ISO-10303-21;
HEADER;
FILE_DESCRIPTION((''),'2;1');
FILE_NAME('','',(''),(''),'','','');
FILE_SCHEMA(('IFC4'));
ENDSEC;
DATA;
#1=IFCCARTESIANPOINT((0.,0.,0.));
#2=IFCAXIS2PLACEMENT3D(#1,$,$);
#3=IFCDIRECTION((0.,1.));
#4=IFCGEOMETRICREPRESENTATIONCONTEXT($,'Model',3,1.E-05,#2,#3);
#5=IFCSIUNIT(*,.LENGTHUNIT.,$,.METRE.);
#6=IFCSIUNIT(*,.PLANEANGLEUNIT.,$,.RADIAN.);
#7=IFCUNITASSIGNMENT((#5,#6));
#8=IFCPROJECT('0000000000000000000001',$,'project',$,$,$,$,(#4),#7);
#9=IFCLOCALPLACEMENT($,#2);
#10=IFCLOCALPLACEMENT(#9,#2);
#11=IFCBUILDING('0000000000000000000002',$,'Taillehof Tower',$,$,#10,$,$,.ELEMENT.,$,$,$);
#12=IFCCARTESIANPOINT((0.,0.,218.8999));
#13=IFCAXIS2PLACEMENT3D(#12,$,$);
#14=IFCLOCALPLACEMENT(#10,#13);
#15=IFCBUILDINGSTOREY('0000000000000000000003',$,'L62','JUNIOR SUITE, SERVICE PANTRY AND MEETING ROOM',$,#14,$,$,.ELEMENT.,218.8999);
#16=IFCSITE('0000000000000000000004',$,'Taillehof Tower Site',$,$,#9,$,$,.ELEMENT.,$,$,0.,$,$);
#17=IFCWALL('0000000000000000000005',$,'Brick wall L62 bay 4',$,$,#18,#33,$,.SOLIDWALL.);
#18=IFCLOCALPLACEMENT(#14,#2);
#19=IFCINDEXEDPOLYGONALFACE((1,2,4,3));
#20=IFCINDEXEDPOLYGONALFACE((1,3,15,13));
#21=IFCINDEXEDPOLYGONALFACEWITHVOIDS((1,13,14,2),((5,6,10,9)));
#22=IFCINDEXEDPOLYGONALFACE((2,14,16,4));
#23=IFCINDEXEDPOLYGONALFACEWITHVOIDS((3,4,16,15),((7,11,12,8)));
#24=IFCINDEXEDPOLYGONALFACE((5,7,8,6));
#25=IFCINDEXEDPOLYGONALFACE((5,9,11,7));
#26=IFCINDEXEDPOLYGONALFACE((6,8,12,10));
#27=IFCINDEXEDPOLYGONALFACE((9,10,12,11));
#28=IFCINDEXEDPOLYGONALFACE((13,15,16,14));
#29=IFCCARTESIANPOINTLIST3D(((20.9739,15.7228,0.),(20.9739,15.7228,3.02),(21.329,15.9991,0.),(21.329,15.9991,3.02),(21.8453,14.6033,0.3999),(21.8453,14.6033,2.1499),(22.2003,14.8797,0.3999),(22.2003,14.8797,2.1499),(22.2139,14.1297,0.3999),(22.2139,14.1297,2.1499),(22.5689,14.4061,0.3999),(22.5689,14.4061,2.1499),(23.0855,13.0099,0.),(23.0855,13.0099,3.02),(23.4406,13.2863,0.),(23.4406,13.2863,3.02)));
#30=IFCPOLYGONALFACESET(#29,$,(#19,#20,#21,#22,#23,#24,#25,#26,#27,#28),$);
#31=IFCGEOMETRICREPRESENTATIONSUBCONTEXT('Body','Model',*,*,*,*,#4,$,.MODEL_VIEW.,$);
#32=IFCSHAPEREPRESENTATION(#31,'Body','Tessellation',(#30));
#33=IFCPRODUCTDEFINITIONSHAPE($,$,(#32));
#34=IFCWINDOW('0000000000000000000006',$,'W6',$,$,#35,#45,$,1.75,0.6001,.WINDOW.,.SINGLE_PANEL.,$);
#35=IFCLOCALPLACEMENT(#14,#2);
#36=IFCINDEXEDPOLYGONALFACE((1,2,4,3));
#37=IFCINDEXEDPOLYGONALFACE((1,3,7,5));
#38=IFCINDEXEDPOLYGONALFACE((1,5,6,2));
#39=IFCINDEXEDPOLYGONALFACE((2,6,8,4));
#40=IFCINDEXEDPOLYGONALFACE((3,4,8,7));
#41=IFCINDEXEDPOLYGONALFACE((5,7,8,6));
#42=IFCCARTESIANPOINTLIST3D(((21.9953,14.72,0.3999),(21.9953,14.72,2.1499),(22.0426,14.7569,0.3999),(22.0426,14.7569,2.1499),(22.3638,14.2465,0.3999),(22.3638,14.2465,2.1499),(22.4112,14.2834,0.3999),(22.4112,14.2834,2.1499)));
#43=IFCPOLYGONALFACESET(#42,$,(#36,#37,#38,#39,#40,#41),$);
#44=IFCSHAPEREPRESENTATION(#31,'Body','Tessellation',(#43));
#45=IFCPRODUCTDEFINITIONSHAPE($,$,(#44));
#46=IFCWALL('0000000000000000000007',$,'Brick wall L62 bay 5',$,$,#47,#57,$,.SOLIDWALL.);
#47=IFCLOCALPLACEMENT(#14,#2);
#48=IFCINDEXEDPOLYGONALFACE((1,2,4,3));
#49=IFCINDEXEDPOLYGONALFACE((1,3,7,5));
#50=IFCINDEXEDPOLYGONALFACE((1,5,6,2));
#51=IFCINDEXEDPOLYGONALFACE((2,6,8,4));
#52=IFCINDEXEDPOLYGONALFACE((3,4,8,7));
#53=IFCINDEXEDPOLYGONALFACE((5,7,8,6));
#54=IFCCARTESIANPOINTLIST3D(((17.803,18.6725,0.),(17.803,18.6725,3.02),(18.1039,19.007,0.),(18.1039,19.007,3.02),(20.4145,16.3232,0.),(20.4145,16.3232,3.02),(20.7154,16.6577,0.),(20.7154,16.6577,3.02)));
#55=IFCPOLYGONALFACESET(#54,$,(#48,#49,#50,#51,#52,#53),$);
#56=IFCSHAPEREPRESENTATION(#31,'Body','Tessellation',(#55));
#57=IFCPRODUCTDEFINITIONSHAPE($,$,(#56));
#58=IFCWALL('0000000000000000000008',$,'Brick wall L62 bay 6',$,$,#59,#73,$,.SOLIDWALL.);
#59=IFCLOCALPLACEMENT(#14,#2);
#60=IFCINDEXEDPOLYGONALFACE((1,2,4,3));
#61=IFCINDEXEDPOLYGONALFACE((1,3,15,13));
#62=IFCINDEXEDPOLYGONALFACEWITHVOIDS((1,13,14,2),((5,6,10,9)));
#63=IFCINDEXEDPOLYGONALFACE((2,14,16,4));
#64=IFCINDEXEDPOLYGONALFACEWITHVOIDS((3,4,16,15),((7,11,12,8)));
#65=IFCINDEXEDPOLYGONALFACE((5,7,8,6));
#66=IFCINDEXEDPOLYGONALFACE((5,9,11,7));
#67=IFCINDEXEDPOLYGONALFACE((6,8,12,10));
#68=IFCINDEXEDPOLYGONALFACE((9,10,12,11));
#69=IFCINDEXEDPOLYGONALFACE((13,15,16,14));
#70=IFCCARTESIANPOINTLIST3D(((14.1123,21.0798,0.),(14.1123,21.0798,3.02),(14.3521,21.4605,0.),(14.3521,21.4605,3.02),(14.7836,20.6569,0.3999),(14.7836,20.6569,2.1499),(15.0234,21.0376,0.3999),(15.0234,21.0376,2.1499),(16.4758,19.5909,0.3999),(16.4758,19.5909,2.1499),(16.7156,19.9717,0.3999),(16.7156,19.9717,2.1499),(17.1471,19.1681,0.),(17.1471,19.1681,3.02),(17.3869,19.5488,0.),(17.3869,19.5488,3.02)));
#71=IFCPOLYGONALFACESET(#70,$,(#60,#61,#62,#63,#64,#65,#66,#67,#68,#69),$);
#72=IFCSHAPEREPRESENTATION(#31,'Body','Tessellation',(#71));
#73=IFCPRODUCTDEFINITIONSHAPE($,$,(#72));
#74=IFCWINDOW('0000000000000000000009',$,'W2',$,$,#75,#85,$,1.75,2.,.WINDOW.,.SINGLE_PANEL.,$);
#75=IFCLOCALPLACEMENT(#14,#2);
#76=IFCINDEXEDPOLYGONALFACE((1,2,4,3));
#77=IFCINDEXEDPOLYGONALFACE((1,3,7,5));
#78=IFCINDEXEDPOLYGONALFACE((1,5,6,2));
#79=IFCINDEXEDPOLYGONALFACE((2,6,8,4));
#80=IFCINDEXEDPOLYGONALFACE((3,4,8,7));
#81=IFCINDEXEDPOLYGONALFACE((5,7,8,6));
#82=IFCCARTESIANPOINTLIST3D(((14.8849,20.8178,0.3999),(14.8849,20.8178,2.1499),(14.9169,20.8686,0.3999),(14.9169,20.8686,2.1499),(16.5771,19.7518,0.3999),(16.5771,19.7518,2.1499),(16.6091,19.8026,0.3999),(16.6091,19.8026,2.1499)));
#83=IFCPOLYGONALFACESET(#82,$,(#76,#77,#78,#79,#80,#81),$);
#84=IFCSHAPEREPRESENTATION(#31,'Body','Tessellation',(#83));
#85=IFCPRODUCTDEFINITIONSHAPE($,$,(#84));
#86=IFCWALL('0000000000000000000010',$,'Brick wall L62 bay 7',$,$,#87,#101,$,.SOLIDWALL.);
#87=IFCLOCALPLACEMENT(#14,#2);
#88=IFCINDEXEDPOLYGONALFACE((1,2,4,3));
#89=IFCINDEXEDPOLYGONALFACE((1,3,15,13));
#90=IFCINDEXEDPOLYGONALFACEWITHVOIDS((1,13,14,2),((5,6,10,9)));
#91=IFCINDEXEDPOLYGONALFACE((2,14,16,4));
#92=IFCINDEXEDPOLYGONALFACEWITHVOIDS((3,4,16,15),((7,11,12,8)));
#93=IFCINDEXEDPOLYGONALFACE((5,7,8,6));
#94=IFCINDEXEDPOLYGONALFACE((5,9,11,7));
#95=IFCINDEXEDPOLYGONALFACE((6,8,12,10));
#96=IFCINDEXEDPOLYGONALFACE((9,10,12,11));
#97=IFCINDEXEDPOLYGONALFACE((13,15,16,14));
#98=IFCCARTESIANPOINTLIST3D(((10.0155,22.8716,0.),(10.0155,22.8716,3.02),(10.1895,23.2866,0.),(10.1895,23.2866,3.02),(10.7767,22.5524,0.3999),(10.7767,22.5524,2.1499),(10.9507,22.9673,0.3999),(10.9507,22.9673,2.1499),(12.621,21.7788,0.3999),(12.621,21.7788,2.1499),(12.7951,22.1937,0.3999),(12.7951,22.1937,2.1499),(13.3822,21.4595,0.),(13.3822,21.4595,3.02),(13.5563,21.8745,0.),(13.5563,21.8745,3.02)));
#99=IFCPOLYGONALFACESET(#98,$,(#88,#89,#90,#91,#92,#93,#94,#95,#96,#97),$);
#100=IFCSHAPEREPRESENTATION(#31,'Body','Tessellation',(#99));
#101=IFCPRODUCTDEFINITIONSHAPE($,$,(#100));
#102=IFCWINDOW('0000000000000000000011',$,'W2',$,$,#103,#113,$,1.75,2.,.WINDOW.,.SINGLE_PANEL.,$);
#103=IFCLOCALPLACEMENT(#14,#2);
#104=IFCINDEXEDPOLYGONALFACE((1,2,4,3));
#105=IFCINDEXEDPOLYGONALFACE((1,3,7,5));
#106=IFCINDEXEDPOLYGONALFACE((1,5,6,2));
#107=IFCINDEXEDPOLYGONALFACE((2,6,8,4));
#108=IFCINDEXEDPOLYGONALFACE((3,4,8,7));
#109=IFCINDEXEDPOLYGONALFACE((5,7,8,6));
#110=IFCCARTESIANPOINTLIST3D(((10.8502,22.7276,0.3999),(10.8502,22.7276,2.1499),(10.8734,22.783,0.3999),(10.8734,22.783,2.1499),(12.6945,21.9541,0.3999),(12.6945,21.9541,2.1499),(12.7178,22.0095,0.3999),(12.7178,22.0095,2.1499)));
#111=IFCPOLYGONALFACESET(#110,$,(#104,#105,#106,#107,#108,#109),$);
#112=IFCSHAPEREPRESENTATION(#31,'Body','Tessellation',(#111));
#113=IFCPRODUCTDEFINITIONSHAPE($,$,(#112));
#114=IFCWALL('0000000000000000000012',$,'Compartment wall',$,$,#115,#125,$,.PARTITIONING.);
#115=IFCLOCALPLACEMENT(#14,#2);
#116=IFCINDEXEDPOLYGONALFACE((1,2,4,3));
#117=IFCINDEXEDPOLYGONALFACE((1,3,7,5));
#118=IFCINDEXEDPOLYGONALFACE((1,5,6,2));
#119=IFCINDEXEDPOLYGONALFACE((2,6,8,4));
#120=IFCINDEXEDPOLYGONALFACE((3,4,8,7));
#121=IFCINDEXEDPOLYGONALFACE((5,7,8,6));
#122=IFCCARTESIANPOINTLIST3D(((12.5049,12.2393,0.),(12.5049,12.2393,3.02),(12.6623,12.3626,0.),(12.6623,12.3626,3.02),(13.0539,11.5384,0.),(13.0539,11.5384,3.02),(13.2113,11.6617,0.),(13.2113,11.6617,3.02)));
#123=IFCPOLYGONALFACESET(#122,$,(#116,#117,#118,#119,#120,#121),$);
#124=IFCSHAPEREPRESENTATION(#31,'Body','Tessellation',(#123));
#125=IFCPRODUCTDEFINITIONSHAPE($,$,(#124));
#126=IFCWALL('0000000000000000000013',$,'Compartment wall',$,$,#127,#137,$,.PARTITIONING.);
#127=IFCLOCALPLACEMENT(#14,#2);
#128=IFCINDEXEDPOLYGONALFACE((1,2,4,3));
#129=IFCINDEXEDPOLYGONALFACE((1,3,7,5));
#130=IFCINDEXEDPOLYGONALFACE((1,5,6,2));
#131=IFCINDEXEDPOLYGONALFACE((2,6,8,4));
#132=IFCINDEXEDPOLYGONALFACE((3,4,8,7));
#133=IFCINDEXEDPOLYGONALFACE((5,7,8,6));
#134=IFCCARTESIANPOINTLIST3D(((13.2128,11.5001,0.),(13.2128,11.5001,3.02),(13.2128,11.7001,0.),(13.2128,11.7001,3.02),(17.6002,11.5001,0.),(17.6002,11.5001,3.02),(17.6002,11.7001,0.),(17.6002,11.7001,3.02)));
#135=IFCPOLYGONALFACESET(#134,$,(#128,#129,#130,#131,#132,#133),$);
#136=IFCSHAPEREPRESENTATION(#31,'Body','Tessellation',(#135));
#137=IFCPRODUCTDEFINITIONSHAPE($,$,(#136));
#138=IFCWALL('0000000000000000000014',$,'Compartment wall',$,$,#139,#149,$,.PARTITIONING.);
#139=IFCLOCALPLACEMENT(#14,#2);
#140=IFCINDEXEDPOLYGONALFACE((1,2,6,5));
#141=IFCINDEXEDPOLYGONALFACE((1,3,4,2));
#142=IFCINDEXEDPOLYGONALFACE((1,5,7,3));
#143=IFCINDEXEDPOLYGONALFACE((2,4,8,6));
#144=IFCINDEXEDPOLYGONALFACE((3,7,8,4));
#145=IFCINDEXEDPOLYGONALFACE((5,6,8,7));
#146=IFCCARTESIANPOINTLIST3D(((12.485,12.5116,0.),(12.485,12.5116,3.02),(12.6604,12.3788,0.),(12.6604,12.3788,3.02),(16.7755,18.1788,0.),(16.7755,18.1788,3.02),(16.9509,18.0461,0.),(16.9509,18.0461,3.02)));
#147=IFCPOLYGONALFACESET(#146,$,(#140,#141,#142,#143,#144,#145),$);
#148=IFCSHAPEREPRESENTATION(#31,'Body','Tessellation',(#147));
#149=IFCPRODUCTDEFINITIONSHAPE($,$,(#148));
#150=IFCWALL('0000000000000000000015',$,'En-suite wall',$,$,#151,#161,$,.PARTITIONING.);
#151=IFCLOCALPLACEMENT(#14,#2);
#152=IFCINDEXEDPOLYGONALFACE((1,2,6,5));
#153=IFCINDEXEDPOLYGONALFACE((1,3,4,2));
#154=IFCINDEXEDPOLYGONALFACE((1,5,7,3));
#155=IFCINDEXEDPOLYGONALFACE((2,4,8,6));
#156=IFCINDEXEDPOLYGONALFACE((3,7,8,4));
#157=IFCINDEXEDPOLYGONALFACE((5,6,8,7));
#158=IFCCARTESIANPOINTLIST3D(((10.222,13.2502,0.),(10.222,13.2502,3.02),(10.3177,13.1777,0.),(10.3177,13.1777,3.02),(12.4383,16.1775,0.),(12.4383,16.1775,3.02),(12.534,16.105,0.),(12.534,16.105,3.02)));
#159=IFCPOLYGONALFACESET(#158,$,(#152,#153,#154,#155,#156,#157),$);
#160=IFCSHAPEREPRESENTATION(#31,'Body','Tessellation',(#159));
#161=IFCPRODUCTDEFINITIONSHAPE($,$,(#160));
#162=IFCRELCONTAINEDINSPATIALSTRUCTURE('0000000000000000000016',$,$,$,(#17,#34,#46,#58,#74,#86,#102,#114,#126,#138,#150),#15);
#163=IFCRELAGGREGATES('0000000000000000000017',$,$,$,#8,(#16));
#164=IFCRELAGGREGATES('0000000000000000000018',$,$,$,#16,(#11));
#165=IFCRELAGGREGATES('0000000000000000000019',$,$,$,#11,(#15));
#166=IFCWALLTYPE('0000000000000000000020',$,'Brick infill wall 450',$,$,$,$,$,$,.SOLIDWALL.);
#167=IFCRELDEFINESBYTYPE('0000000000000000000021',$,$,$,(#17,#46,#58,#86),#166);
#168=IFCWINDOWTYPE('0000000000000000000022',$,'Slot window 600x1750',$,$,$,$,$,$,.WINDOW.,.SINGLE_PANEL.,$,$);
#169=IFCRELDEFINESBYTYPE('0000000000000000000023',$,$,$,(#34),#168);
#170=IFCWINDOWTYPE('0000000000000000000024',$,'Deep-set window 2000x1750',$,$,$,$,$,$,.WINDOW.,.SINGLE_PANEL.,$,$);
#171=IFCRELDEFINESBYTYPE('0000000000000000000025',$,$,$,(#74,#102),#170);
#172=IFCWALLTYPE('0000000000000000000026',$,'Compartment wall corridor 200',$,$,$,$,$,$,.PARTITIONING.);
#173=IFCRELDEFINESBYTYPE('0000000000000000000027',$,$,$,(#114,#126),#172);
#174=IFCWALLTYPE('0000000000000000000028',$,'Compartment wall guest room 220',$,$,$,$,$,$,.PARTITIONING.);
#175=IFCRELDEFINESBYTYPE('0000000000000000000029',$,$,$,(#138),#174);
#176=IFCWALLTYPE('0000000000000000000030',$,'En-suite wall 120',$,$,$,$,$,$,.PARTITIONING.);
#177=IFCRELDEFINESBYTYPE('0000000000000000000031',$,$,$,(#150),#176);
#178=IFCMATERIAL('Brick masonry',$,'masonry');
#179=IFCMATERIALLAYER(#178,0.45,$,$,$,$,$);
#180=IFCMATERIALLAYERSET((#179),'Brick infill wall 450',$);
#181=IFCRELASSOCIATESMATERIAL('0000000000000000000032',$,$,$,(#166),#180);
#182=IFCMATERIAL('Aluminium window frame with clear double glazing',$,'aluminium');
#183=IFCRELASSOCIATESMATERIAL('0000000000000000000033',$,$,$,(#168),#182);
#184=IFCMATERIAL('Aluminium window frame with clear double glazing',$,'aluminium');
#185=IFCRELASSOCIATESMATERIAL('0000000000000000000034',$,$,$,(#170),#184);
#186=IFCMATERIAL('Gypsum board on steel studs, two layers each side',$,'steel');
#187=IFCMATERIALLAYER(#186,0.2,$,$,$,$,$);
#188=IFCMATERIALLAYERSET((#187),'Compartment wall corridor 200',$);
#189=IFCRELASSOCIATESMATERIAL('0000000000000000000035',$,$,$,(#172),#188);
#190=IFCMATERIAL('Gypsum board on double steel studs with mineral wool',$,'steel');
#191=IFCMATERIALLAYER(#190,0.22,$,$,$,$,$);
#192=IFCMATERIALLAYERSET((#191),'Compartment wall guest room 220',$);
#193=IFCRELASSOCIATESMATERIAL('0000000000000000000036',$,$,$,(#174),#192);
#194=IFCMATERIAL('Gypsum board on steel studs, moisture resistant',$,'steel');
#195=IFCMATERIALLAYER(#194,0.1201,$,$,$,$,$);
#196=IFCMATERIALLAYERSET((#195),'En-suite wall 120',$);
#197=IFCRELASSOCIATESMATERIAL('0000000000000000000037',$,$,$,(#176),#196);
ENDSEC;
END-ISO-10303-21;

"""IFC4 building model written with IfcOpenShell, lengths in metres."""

from ifc_helpers import new_model, si_unit, direction, frame, frame_2d, origin, place, context, subcontext, project, spatial, rectangle, extrude, material, layer, layer_set, type_object, element, fill, save


model = new_model("IFC4")

# Units and contexts
model_context = context("Model", 3, precision=1e-05, world=origin(), true_north=direction((0.0, 1.0)))
body_context = subcontext(model_context, "Body", "Model", "MODEL_VIEW")
ifc_project = project(units=[si_unit("LENGTHUNIT", "METRE"), si_unit("PLANEANGLEUNIT", "RADIAN")], contexts=[model_context])

# Site, building, storey
site_placement = place(None, origin())
site = spatial("IfcSite", under=ifc_project, at=site_placement, Name="Taillehof Tower Site", CompositionType="ELEMENT", RefElevation=0.0)
building_placement = place(site_placement, origin())
building = spatial("IfcBuilding", under=site, at=building_placement, Name="Taillehof Tower", CompositionType="ELEMENT")
storey_placement = place(building_placement, frame((0.0, 0.0, 218.8999)))
storey = spatial("IfcBuildingStorey", under=building, at=storey_placement, Name="L62", Description="JUNIOR SUITE, SERVICE PANTRY AND MEETING ROOM", CompositionType="ELEMENT", Elevation=218.8999)

# Wall, opening, window
ifc_material_1 = material(Name="Brick masonry", Category="masonry")
ifc_layer_1 = layer(ifc_material_1, 0.45)
ifc_layer_set_1 = layer_set([ifc_layer_1], Name="Brick infill wall 450")
wall_type_1 = type_object("IfcWallType", Name="Brick infill wall 450", PredefinedType="SOLIDWALL", material=ifc_layer_set_1)
wall_1_placement = place(storey_placement, frame((23.2629, 13.1482, 0.0), z_axis=(0.0, 0.0, 1.0), x_axis=(-0.614221, 0.789134, 0.0)))
wall_1 = element("IfcWall", 1, at=wall_1_placement, inside=storey, type_object=wall_type_1, Name="Brick wall L62 bay 4", PredefinedType="SOLIDWALL", context=body_context, shape_type="SweptSolid", body=[
    extrude(rectangle(XDim=3.4377, YDim=0.45, at=frame_2d((1.7188, 0.0))), origin(), (0.0, 0.0, 1.0), 3.02),
])
opening_1_placement = place(wall_1_placement, frame((1.4189, 0.0, 0.3999)))
opening_1 = element("IfcOpeningElement", 2, at=opening_1_placement, cuts=wall_1, PredefinedType="OPENING", context=body_context, shape_type="SweptSolid", body=[
    extrude(rectangle(XDim=0.6001, YDim=1.75, at=frame_2d((0.3, 0.875))), frame((0.0, 0.2349, 0.0), z_axis=(0.0, -1.0, 0.0), x_axis=(1.0, 0.0, 0.0)), (0.0, 0.0, 1.0), 0.47),
])
ifc_material_2 = material(Name="Aluminium window frame with clear double glazing", Category="aluminium")
window_type_1 = type_object("IfcWindowType", Name="Slot window 600x1750", PartitioningType="SINGLE_PANEL", PredefinedType="WINDOW", material=ifc_material_2)
window_1_placement = place(opening_1_placement, origin())
window_1 = element("IfcWindow", 3, at=window_1_placement, inside=storey, type_object=window_type_1, Name="W6", OverallHeight=1.75, OverallWidth=0.6001, PartitioningType="SINGLE_PANEL", PredefinedType="WINDOW", context=body_context, shape_type="SweptSolid", body=[
    extrude(rectangle(XDim=0.6001, YDim=1.75, at=frame_2d((0.3, 0.875))), frame((0.0, 0.0349, 0.0), z_axis=(0.0, -1.0, 0.0), x_axis=(1.0, 0.0, 0.0)), (0.0, 0.0, 1.0), 0.0601),
])
fill(opening_1, window_1)

# Wall
wall_2_placement = place(storey_placement, frame((20.5649, 16.4905, 0.0), z_axis=(0.0, 0.0, 1.0), x_axis=(-0.743443, 0.6688, 0.0)))
element("IfcWall", 4, at=wall_2_placement, inside=storey, type_object=wall_type_1, Name="Brick wall L62 bay 5", PredefinedType="SOLIDWALL", context=body_context, shape_type="SweptSolid", body=[
    extrude(rectangle(XDim=3.5127, YDim=0.45, at=frame_2d((1.7563, 0.0))), origin(), (0.0, 0.0, 1.0), 3.02),
])

# Walls, openings, windows
wall_3_placement = place(storey_placement, frame((17.2671, 19.3584, 0.0), z_axis=(0.0, 0.0, 1.0), x_axis=(-0.846119, 0.532994, 0.0)))
wall_3 = element("IfcWall", 5, at=wall_3_placement, inside=storey, type_object=wall_type_1, Name="Brick wall L62 bay 6", PredefinedType="SOLIDWALL", context=body_context, shape_type="SweptSolid", body=[
    extrude(rectangle(XDim=3.5867, YDim=0.45, at=frame_2d((1.7935, 0.0))), origin(), (0.0, 0.0, 1.0), 3.02),
])
opening_2_placement = place(wall_3_placement, frame((0.7935, 0.0, 0.3999)))
opening_2 = element("IfcOpeningElement", 6, at=opening_2_placement, cuts=wall_3, PredefinedType="OPENING", context=body_context, shape_type="SweptSolid", body=[
    extrude(rectangle(XDim=2.0, YDim=1.75, at=frame_2d((1.0, 0.875))), frame((0.0, 0.2349, 0.0), z_axis=(0.0, -1.0, 0.0), x_axis=(1.0, 0.0, 0.0)), (0.0, 0.0, 1.0), 0.47),
])
ifc_material_3 = material(Name="Aluminium window frame with clear double glazing", Category="aluminium")
window_type_2 = type_object("IfcWindowType", Name="Deep-set window 2000x1750", PartitioningType="SINGLE_PANEL", PredefinedType="WINDOW", material=ifc_material_3)
window_2_placement = place(opening_2_placement, origin())
window_2 = element("IfcWindow", 7, at=window_2_placement, inside=storey, type_object=window_type_2, Name="W2", OverallHeight=1.75, OverallWidth=2.0, PartitioningType="SINGLE_PANEL", PredefinedType="WINDOW", context=body_context, shape_type="SweptSolid", body=[
    extrude(rectangle(XDim=2.0, YDim=1.75, at=frame_2d((1.0, 0.875))), frame((0.0, 0.0349, 0.0), z_axis=(0.0, -1.0, 0.0), x_axis=(1.0, 0.0, 0.0)), (0.0, 0.0, 1.0), 0.0601),
])
fill(opening_2, window_2)
wall_4_placement = place(storey_placement, frame((13.4692, 21.667, 0.0), z_axis=(0.0, 0.0, 1.0), x_axis=(-0.922168, 0.386789, 0.0)))
wall_4 = element("IfcWall", 8, at=wall_4_placement, inside=storey, type_object=wall_type_1, Name="Brick wall L62 bay 7", PredefinedType="SOLIDWALL", context=body_context, shape_type="SweptSolid", body=[
    extrude(rectangle(XDim=3.6509, YDim=0.45, at=frame_2d((1.8254, 0.0))), origin(), (0.0, 0.0, 1.0), 3.02),
])
opening_3_placement = place(wall_4_placement, frame((0.8254, 0.0, 0.3999)))
opening_3 = element("IfcOpeningElement", 9, at=opening_3_placement, cuts=wall_4, PredefinedType="OPENING", context=body_context, shape_type="SweptSolid", body=[
    extrude(rectangle(XDim=2.0, YDim=1.75, at=frame_2d((1.0, 0.875))), frame((0.0, 0.2349, 0.0), z_axis=(0.0, -1.0, 0.0), x_axis=(1.0, 0.0, 0.0)), (0.0, 0.0, 1.0), 0.47),
])
window_3_placement = place(opening_3_placement, origin())
window_3 = element("IfcWindow", 10, at=window_3_placement, inside=storey, type_object=window_type_2, Name="W2", OverallHeight=1.75, OverallWidth=2.0, PartitioningType="SINGLE_PANEL", PredefinedType="WINDOW", context=body_context, shape_type="SweptSolid", body=[
    extrude(rectangle(XDim=2.0, YDim=1.75, at=frame_2d((1.0, 0.875))), frame((0.0, 0.0349, 0.0), z_axis=(0.0, -1.0, 0.0), x_axis=(1.0, 0.0, 0.0)), (0.0, 0.0, 1.0), 0.0601),
])
fill(opening_3, window_3)

# Walls
ifc_material_4 = material(Name="Gypsum board on steel studs, two layers each side", Category="steel")
ifc_layer_2 = layer(ifc_material_4, 0.2)
ifc_layer_set_2 = layer_set([ifc_layer_2], Name="Compartment wall corridor 200")
wall_type_2 = type_object("IfcWallType", Name="Compartment wall corridor 200", PredefinedType="PARTITIONING", material=ifc_layer_set_2)
wall_5_placement = place(storey_placement, frame((12.5835, 12.301, 0.0), z_axis=(0.0, 0.0, 1.0), x_axis=(0.61667, -0.787221, 0.0)))
element("IfcWall", 11, at=wall_5_placement, inside=storey, type_object=wall_type_2, Name="Compartment wall", PredefinedType="PARTITIONING", context=body_context, shape_type="SweptSolid", body=[
    extrude(rectangle(XDim=0.8904, YDim=0.2, at=frame_2d((0.4453, 0.0))), origin(), (0.0, 0.0, 1.0), 3.02),
])
wall_6_placement = place(storey_placement, frame((13.2126, 11.6001, 0.0), z_axis=(0.0, 0.0, 1.0), x_axis=(1.0, 0.0, 0.0)))
element("IfcWall", 12, at=wall_6_placement, inside=storey, type_object=wall_type_2, Name="Compartment wall", PredefinedType="PARTITIONING", context=body_context, shape_type="SweptSolid", body=[
    extrude(rectangle(XDim=4.3875, YDim=0.2, at=frame_2d((2.1938, 0.0))), origin(), (0.0, 0.0, 1.0), 3.02),
])
ifc_material_5 = material(Name="Gypsum board on double steel studs with mineral wool", Category="steel")
ifc_layer_3 = layer(ifc_material_5, 0.22)
ifc_layer_set_3 = layer_set([ifc_layer_3], Name="Compartment wall guest room 220")
wall_type_3 = type_object("IfcWallType", Name="Compartment wall guest room 220", PredefinedType="PARTITIONING", material=ifc_layer_set_3)
wall_7_placement = place(storey_placement, frame((16.8633, 18.1125, 0.0), z_axis=(0.0, 0.0, 1.0), x_axis=(-0.603604, -0.797284, 0.0)))
element("IfcWall", 13, at=wall_7_placement, inside=storey, type_object=wall_type_3, Name="Compartment wall", PredefinedType="PARTITIONING", context=body_context, shape_type="SweptSolid", body=[
    extrude(rectangle(XDim=7.1082, YDim=0.22, at=frame_2d((3.5542, 0.0))), origin(), (0.0, 0.0, 1.0), 3.02),
])
ifc_material_6 = material(Name="Gypsum board on steel studs, moisture resistant", Category="steel")
ifc_layer_4 = layer(ifc_material_6, 0.1201)
ifc_layer_set_4 = layer_set([ifc_layer_4], Name="En-suite wall 120")
wall_type_4 = type_object("IfcWallType", Name="En-suite wall 120", PredefinedType="PARTITIONING", material=ifc_layer_set_4)
wall_8_placement = place(storey_placement, frame((10.2698, 13.2139, 0.0), z_axis=(0.0, 0.0, 1.0), x_axis=(0.603632, 0.797263, 0.0)))
element("IfcWall", 14, at=wall_8_placement, inside=storey, type_object=wall_type_4, Name="En-suite wall", PredefinedType="PARTITIONING", context=body_context, shape_type="SweptSolid", body=[
    extrude(rectangle(XDim=3.6716, YDim=0.1201, at=frame_2d((1.8359, 0.0))), origin(), (0.0, 0.0, 1.0), 3.02),
])

save(model, "model.ifc")
